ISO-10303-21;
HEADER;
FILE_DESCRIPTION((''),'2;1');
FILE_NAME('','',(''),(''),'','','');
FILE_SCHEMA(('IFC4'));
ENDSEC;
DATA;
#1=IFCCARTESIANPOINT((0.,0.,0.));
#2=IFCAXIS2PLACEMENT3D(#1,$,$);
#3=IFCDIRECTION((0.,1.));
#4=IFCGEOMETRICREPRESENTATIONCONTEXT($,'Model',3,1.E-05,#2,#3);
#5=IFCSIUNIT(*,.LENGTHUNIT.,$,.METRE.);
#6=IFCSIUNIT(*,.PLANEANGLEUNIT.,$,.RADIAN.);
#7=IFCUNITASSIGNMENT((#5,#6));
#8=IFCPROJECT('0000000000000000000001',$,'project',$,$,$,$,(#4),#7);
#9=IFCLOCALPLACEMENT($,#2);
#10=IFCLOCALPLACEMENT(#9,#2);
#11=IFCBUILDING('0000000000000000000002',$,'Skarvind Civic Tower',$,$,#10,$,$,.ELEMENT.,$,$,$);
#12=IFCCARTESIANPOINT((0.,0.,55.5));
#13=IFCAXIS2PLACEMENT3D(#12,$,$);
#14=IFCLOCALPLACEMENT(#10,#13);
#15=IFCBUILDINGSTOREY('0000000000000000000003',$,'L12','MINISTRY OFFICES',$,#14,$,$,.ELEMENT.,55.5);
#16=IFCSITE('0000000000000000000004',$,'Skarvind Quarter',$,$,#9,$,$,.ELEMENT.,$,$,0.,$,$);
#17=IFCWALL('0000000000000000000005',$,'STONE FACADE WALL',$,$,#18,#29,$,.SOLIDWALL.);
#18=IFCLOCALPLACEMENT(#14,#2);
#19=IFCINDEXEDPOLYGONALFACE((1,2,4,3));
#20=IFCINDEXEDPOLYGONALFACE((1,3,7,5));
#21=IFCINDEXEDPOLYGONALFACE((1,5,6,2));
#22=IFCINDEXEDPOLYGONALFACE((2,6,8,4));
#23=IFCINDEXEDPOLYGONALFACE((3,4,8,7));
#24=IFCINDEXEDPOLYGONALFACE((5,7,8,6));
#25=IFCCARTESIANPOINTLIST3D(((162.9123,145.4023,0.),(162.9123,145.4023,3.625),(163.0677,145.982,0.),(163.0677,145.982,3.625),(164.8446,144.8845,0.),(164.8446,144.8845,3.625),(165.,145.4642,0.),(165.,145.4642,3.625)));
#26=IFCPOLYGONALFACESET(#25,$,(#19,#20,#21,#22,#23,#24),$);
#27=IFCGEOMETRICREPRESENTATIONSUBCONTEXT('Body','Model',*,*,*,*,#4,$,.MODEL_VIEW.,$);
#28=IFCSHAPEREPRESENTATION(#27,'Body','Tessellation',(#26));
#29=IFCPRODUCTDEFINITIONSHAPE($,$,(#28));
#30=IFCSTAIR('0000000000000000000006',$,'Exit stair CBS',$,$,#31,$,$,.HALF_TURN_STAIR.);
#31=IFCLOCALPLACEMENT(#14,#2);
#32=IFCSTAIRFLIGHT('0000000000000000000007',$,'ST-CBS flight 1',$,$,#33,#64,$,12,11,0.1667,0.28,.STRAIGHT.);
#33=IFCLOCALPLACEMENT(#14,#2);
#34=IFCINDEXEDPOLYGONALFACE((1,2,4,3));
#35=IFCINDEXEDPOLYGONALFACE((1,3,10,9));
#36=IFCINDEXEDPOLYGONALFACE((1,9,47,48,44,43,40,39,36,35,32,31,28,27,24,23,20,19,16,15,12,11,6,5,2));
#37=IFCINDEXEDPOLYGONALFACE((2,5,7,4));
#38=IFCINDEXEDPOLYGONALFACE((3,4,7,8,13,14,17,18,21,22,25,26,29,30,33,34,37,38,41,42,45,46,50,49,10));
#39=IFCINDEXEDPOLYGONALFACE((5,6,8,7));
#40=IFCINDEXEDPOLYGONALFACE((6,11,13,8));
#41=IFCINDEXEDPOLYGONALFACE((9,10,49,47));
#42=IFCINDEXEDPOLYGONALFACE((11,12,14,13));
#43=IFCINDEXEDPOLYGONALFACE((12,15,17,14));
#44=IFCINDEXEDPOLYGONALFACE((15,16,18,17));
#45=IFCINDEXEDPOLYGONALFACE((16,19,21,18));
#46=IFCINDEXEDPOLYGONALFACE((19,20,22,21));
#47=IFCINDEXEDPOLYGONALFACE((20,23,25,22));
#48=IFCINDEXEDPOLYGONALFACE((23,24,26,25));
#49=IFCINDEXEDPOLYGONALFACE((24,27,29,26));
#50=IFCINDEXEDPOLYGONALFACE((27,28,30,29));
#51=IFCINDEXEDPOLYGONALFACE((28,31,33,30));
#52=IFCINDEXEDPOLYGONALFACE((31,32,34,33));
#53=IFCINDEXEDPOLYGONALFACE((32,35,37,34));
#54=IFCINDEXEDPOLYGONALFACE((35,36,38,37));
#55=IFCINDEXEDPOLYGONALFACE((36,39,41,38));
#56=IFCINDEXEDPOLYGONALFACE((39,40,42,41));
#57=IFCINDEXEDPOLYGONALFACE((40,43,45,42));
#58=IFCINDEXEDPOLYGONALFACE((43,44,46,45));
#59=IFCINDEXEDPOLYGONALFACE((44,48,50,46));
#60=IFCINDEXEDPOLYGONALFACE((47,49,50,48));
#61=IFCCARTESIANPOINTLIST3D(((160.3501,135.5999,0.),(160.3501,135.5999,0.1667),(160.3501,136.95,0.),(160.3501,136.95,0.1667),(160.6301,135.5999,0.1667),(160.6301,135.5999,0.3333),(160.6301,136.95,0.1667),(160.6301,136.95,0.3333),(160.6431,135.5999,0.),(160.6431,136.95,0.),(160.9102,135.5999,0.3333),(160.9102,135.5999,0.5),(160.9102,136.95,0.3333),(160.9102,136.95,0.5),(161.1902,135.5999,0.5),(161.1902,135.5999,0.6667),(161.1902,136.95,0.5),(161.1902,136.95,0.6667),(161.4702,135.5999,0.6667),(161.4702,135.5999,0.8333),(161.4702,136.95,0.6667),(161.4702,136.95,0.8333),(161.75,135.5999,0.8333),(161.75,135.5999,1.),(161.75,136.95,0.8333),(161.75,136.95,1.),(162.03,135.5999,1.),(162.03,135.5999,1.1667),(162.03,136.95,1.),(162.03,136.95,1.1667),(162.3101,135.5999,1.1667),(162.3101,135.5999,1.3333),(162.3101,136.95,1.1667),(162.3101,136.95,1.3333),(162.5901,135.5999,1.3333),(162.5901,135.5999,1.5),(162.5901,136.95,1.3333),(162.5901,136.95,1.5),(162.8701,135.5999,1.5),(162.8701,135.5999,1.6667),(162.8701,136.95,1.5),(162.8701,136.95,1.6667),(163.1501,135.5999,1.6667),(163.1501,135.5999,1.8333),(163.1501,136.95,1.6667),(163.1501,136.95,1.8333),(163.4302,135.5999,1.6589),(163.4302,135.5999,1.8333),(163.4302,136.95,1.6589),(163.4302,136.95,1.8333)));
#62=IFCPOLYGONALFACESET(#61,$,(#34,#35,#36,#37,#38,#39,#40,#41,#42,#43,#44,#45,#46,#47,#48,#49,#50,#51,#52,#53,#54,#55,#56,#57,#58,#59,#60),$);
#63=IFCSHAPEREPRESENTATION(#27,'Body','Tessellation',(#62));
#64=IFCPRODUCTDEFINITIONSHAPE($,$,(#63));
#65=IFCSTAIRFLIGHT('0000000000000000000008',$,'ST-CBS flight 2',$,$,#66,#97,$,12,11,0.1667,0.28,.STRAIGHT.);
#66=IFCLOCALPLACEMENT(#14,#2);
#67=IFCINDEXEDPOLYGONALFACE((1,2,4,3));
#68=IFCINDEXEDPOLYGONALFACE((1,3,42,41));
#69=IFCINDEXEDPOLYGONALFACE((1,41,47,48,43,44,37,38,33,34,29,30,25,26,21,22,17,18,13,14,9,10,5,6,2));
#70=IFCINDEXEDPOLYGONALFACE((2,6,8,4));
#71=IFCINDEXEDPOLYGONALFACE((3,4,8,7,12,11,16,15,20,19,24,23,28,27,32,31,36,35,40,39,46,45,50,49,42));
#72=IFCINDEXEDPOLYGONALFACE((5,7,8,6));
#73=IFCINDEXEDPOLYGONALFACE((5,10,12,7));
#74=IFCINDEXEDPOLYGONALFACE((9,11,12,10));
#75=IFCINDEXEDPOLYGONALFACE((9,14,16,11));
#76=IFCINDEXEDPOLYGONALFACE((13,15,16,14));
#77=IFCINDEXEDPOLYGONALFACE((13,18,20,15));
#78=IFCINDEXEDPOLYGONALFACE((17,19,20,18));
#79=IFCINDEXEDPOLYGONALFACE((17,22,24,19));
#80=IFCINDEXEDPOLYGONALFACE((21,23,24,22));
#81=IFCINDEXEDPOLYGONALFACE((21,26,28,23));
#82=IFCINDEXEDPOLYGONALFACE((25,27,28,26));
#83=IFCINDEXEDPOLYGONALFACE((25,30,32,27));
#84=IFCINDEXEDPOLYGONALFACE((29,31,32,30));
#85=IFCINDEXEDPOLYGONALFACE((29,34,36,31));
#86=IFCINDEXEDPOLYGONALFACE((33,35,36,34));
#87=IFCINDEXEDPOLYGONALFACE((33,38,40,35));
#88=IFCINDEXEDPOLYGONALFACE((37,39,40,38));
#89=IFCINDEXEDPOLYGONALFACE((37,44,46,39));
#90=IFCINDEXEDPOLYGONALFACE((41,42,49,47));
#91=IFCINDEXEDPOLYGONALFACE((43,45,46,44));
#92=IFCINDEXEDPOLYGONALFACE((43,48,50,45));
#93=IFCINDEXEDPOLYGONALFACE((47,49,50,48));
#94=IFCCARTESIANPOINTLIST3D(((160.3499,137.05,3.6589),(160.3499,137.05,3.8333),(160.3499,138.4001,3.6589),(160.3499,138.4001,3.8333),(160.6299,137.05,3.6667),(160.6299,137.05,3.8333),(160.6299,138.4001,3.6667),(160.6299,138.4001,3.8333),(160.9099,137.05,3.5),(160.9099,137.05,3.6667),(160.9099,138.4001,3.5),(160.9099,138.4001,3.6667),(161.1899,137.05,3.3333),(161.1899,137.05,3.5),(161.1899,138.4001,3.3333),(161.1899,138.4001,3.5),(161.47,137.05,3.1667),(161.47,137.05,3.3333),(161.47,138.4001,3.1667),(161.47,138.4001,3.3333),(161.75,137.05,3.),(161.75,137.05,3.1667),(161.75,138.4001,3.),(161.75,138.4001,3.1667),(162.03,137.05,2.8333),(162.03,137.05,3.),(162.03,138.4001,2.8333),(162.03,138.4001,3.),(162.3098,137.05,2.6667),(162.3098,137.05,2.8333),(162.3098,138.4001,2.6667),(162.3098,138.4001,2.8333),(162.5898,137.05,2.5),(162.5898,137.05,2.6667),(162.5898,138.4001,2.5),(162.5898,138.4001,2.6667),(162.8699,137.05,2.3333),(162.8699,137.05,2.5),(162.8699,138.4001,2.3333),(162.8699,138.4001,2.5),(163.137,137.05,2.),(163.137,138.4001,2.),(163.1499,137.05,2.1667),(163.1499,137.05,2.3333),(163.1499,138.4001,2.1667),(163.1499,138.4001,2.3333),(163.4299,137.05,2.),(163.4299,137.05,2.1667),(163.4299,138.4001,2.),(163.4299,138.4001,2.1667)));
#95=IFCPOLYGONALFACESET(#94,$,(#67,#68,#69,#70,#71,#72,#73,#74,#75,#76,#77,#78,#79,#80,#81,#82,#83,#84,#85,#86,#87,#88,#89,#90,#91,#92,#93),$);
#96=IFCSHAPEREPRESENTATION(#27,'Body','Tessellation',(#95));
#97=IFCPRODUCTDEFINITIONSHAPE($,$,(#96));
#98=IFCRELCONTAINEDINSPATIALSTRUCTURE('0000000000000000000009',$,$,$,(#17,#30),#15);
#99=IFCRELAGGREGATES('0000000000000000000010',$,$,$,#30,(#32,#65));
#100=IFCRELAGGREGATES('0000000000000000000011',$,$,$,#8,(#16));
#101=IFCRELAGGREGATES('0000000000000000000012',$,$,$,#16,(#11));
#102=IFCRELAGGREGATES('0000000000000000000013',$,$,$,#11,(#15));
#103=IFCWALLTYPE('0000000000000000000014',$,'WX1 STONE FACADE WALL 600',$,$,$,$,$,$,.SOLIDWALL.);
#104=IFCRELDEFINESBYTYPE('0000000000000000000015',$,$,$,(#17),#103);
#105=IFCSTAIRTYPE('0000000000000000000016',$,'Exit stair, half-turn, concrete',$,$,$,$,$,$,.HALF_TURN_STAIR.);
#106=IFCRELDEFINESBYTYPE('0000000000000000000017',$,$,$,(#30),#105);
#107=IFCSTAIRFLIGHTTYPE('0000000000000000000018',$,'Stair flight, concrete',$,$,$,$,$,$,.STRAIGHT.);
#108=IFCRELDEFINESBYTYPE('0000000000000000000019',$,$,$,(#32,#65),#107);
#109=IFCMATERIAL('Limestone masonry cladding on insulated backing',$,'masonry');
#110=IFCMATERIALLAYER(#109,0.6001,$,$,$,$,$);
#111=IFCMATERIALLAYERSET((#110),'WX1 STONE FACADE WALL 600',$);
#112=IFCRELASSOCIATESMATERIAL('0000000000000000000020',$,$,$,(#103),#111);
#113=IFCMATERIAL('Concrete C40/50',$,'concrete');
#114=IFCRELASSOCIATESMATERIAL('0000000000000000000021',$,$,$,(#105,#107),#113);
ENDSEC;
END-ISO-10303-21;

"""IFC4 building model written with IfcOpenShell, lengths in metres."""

from ifc_helpers import new_model, si_unit, direction, frame, frame_2d, origin, place, context, subcontext, project, spatial, polyline, rectangle, outline, extrude, material, layer, layer_set, type_object, element, aggregate, save


model = new_model("IFC4")

# Units and contexts
model_context = context("Model", 3, precision=1e-05, world=origin(), true_north=direction((0.0, 1.0)))
body_context = subcontext(model_context, "Body", "Model", "MODEL_VIEW")
ifc_project = project(units=[si_unit("LENGTHUNIT", "METRE"), si_unit("PLANEANGLEUNIT", "RADIAN")], contexts=[model_context])

# Site, building, storey
site_placement = place(None, origin())
site = spatial("IfcSite", under=ifc_project, at=site_placement, Name="Skarvind Quarter", CompositionType="ELEMENT", RefElevation=0.0)
building_placement = place(site_placement, origin())
building = spatial("IfcBuilding", under=site, at=building_placement, Name="Skarvind Civic Tower", CompositionType="ELEMENT")
storey_placement = place(building_placement, frame((0.0, 0.0, 55.5)))
storey = spatial("IfcBuildingStorey", under=building, at=storey_placement, Name="L12", Description="MINISTRY OFFICES", CompositionType="ELEMENT", Elevation=55.5)

# Wall
ifc_material_1 = material(Name="Limestone masonry cladding on insulated backing", Category="masonry")
ifc_layer_1 = layer(ifc_material_1, 0.6001)
ifc_layer_set_1 = layer_set([ifc_layer_1], Name="WX1 STONE FACADE WALL 600")
wall_type_1 = type_object("IfcWallType", Name="WX1 STONE FACADE WALL 600", PredefinedType="SOLIDWALL", material=ifc_layer_set_1)
wall_1_placement = place(storey_placement, frame((162.99, 145.6921, 0.0), z_axis=(0.0, 0.0, 1.0), x_axis=(0.96592, -0.25884, 0.0)))
element("IfcWall", 1, at=wall_1_placement, inside=storey, type_object=wall_type_1, Name="STONE FACADE WALL", PredefinedType="SOLIDWALL", context=body_context, shape_type="SweptSolid", body=[
    extrude(rectangle(XDim=2.0005, YDim=0.6001, at=frame_2d((1.0002, 0.0))), origin(), (0.0, 0.0, 1.0), 3.625),
])

# Stair, stair flights
ifc_material_2 = material(Name="Concrete C40/50", Category="concrete")
stair_type = type_object("IfcStairType", Name="Exit stair, half-turn, concrete", PredefinedType="HALF_TURN_STAIR", material=ifc_material_2)
stair_placement = place(storey_placement, origin())
stair = element("IfcStair", 2, at=stair_placement, inside=storey, type_object=stair_type, Name="Exit stair CBS", PredefinedType="HALF_TURN_STAIR")
stair_flight_type = type_object("IfcStairFlightType", Name="Stair flight, concrete", PredefinedType="STRAIGHT", material=ifc_material_2)
stair_flight_1_placement = place(storey_placement, frame((160.3501, 136.2749, 0.0), z_axis=(0.0, 0.0, 1.0), x_axis=(1.0, 0.0, 0.0)))
stair_flight_1 = element("IfcStairFlight", 3, at=stair_flight_1_placement, type_object=stair_flight_type, Name="ST-CBS flight 1", NumberOfRisers=12, NumberOfTreads=11, PredefinedType="STRAIGHT", RiserHeight=0.1667, TreadLength=0.28, context=body_context, shape_type="SweptSolid", body=[
    extrude(outline(polyline([(0.0, 0.0), (0.0, 0.1667), (0.28, 0.1667), (0.28, 0.3333), (0.5601, 0.3333), (0.5601, 0.5), (0.8401, 0.5), (0.8401, 0.6667), (1.1201, 0.6667), (1.1201, 0.8333), (1.3999, 0.8333), (1.3999, 1.0), (1.6799, 1.0), (1.6799, 1.1667), (1.96, 1.1667), (1.96, 1.3333), (2.24, 1.3333), (2.24, 1.5), (2.52, 1.5), (2.52, 1.6667), (2.8, 1.6667), (2.8, 1.8333), (3.0801, 1.8333), (3.0801, 2.0), (3.0801, 1.6589), (0.293, 0.0), (0.0, 0.0)])), frame((0.0, 0.675, 0.0), z_axis=(0.0, -1.0, 0.0), x_axis=(1.0, 0.0, 0.0)), (0.0, 0.0, 1.0), 1.3501),
])
stair_flight_2_placement = place(storey_placement, frame((163.4299, 137.7251, 2.0), z_axis=(0.0, 0.0, 1.0), x_axis=(-1.0, 0.0, 0.0)))
stair_flight_2 = element("IfcStairFlight", 4, at=stair_flight_2_placement, type_object=stair_flight_type, Name="ST-CBS flight 2", NumberOfRisers=12, NumberOfTreads=11, PredefinedType="STRAIGHT", RiserHeight=0.1667, TreadLength=0.28, context=body_context, shape_type="SweptSolid", body=[
    extrude(outline(polyline([(0.0, 0.0), (0.0, 0.1667), (0.28, 0.1667), (0.28, 0.3333), (0.5601, 0.3333), (0.5601, 0.5), (0.8401, 0.5), (0.8401, 0.6667), (1.1201, 0.6667), (1.1201, 0.8333), (1.3999, 0.8333), (1.3999, 1.0), (1.6799, 1.0), (1.6799, 1.1667), (1.96, 1.1667), (1.96, 1.3333), (2.24, 1.3333), (2.24, 1.5), (2.52, 1.5), (2.52, 1.6667), (2.8, 1.6667), (2.8, 1.8333), (3.0801, 1.8333), (3.0801, 2.0), (3.0801, 1.6589), (0.293, 0.0), (0.0, 0.0)])), frame((0.0, 0.675, 0.0), z_axis=(0.0, -1.0, 0.0), x_axis=(1.0, 0.0, 0.0)), (0.0, 0.0, 1.0), 1.3501),
])
aggregate(stair, [stair_flight_1, stair_flight_2])

save(model, "model.ifc")
